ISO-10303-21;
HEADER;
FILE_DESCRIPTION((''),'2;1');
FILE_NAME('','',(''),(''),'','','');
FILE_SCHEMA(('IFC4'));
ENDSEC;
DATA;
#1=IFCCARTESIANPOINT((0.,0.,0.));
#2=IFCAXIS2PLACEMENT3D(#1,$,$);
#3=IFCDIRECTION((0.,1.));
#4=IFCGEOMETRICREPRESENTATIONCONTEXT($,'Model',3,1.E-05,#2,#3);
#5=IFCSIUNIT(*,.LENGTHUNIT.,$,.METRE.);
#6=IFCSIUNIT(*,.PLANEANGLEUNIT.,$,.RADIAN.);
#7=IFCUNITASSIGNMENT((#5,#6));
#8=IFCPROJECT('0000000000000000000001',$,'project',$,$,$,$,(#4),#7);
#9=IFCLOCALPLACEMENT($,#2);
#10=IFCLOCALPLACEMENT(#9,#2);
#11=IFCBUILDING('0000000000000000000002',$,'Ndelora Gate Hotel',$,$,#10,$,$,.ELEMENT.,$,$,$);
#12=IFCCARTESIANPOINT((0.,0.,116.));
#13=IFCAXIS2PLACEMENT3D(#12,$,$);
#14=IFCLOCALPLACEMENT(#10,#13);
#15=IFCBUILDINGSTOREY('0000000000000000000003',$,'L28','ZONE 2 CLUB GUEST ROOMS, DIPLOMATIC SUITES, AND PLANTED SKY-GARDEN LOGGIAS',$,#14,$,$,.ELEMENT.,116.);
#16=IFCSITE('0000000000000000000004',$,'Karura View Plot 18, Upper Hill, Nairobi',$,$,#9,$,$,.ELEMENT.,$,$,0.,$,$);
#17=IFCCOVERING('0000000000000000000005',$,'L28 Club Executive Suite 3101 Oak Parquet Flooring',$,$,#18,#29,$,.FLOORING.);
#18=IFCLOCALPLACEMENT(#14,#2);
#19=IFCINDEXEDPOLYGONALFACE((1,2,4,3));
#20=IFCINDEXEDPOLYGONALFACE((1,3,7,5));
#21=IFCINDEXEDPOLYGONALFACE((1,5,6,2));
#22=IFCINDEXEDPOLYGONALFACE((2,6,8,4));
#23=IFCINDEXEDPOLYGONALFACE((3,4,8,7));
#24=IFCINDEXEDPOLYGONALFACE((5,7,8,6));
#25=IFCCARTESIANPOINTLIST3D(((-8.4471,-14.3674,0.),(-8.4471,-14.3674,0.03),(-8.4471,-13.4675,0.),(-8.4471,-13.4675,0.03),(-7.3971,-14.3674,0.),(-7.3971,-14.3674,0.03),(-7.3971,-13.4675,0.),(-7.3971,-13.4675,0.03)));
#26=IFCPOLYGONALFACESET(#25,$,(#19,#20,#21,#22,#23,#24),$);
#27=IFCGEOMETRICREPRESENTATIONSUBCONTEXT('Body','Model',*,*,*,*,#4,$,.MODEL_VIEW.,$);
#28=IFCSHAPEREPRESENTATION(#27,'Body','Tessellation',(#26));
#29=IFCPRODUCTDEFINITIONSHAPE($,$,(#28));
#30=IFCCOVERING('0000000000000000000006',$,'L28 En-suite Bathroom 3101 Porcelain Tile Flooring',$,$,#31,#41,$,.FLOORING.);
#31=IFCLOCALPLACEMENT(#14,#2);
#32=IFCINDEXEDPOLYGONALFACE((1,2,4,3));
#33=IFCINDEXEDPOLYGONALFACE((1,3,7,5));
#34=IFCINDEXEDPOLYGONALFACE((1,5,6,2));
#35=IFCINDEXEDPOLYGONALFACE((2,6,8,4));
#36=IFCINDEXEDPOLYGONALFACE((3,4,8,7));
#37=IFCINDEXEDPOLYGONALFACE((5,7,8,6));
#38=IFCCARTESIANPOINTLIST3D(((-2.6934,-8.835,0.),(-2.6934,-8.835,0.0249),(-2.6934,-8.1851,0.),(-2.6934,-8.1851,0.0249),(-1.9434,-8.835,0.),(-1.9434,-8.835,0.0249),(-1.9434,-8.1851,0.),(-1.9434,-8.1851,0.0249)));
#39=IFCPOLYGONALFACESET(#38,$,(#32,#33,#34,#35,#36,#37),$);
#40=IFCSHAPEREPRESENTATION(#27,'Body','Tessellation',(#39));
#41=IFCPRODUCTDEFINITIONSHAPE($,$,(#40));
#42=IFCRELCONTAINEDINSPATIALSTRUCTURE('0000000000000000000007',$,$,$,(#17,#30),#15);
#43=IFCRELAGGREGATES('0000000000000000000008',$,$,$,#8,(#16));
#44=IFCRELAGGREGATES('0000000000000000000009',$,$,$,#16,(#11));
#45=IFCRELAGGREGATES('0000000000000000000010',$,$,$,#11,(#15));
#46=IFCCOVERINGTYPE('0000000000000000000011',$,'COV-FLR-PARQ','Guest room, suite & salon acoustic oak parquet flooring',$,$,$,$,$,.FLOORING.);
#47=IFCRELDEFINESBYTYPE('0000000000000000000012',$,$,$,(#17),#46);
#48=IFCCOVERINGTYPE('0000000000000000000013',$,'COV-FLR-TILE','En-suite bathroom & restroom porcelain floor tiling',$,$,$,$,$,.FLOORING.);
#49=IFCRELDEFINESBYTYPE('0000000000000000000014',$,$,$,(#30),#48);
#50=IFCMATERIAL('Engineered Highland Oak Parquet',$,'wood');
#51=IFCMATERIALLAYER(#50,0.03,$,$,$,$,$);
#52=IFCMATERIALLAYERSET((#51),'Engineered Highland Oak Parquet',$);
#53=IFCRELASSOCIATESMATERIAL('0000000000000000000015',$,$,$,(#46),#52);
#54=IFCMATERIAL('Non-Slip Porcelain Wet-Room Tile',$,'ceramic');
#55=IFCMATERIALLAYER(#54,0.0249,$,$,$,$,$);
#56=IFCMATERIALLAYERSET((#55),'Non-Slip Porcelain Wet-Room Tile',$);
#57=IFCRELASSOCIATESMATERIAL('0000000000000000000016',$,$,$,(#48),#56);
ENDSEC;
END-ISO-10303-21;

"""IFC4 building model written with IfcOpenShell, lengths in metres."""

from ifc_helpers import new_model, si_unit, direction, frame, origin, origin_2d, place, context, subcontext, project, spatial, rectangle, extrude, material, layer, layer_set, type_object, element, save


model = new_model("IFC4")

# Units and contexts
model_context = context("Model", 3, precision=1e-05, world=origin(), true_north=direction((0.0, 1.0)))
body_context = subcontext(model_context, "Body", "Model", "MODEL_VIEW")
ifc_project = project(units=[si_unit("LENGTHUNIT", "METRE"), si_unit("PLANEANGLEUNIT", "RADIAN")], contexts=[model_context])

# Site, building, storey
site_placement = place(None, origin())
site = spatial("IfcSite", under=ifc_project, at=site_placement, Name="Karura View Plot 18, Upper Hill, Nairobi", CompositionType="ELEMENT", RefElevation=0.0)
building_placement = place(site_placement, origin())
building = spatial("IfcBuilding", under=site, at=building_placement, Name="Ndelora Gate Hotel", CompositionType="ELEMENT")
storey_placement = place(building_placement, frame((0.0, 0.0, 116.0)))
storey = spatial("IfcBuildingStorey", under=building, at=storey_placement, Name="L28", Description="ZONE 2 CLUB GUEST ROOMS, DIPLOMATIC SUITES, AND PLANTED SKY-GARDEN LOGGIAS", CompositionType="ELEMENT", Elevation=116.0)

# Coverings
ifc_material_1 = material(Name="Engineered Highland Oak Parquet", Category="wood")
ifc_layer_1 = layer(ifc_material_1, 0.03)
ifc_layer_set_1 = layer_set([ifc_layer_1], Name="Engineered Highland Oak Parquet")
covering_type_1 = type_object("IfcCoveringType", Name="COV-FLR-PARQ", Description="Guest room, suite & salon acoustic oak parquet flooring", PredefinedType="FLOORING", material=ifc_layer_set_1)
covering_1_placement = place(storey_placement, frame((-7.9221, -13.9175, 0.0), z_axis=(0.0, 0.0, 1.0), x_axis=(1.0, 0.0, 0.0)))
element("IfcCovering", 1, at=covering_1_placement, inside=storey, type_object=covering_type_1, Name="L28 Club Executive Suite 3101 Oak Parquet Flooring", PredefinedType="FLOORING", context=body_context, shape_type="SweptSolid", body=[
    extrude(rectangle(XDim=1.05, YDim=0.8999, at=origin_2d()), origin(), (0.0, 0.0, 1.0), 0.03),
])
ifc_material_2 = material(Name="Non-Slip Porcelain Wet-Room Tile", Category="ceramic")
ifc_layer_2 = layer(ifc_material_2, 0.0249)
ifc_layer_set_2 = layer_set([ifc_layer_2], Name="Non-Slip Porcelain Wet-Room Tile")
covering_type_2 = type_object("IfcCoveringType", Name="COV-FLR-TILE", Description="En-suite bathroom & restroom porcelain floor tiling", PredefinedType="FLOORING", material=ifc_layer_set_2)
covering_2_placement = place(storey_placement, frame((-2.3184, -8.51, 0.0), z_axis=(0.0, 0.0, 1.0), x_axis=(1.0, 0.0, 0.0)))
element("IfcCovering", 2, at=covering_2_placement, inside=storey, type_object=covering_type_2, Name="L28 En-suite Bathroom 3101 Porcelain Tile Flooring", PredefinedType="FLOORING", context=body_context, shape_type="SweptSolid", body=[
    extrude(rectangle(XDim=0.75, YDim=0.6499, at=origin_2d()), origin(), (0.0, 0.0, 1.0), 0.0249),
])

save(model, "model.ifc")
